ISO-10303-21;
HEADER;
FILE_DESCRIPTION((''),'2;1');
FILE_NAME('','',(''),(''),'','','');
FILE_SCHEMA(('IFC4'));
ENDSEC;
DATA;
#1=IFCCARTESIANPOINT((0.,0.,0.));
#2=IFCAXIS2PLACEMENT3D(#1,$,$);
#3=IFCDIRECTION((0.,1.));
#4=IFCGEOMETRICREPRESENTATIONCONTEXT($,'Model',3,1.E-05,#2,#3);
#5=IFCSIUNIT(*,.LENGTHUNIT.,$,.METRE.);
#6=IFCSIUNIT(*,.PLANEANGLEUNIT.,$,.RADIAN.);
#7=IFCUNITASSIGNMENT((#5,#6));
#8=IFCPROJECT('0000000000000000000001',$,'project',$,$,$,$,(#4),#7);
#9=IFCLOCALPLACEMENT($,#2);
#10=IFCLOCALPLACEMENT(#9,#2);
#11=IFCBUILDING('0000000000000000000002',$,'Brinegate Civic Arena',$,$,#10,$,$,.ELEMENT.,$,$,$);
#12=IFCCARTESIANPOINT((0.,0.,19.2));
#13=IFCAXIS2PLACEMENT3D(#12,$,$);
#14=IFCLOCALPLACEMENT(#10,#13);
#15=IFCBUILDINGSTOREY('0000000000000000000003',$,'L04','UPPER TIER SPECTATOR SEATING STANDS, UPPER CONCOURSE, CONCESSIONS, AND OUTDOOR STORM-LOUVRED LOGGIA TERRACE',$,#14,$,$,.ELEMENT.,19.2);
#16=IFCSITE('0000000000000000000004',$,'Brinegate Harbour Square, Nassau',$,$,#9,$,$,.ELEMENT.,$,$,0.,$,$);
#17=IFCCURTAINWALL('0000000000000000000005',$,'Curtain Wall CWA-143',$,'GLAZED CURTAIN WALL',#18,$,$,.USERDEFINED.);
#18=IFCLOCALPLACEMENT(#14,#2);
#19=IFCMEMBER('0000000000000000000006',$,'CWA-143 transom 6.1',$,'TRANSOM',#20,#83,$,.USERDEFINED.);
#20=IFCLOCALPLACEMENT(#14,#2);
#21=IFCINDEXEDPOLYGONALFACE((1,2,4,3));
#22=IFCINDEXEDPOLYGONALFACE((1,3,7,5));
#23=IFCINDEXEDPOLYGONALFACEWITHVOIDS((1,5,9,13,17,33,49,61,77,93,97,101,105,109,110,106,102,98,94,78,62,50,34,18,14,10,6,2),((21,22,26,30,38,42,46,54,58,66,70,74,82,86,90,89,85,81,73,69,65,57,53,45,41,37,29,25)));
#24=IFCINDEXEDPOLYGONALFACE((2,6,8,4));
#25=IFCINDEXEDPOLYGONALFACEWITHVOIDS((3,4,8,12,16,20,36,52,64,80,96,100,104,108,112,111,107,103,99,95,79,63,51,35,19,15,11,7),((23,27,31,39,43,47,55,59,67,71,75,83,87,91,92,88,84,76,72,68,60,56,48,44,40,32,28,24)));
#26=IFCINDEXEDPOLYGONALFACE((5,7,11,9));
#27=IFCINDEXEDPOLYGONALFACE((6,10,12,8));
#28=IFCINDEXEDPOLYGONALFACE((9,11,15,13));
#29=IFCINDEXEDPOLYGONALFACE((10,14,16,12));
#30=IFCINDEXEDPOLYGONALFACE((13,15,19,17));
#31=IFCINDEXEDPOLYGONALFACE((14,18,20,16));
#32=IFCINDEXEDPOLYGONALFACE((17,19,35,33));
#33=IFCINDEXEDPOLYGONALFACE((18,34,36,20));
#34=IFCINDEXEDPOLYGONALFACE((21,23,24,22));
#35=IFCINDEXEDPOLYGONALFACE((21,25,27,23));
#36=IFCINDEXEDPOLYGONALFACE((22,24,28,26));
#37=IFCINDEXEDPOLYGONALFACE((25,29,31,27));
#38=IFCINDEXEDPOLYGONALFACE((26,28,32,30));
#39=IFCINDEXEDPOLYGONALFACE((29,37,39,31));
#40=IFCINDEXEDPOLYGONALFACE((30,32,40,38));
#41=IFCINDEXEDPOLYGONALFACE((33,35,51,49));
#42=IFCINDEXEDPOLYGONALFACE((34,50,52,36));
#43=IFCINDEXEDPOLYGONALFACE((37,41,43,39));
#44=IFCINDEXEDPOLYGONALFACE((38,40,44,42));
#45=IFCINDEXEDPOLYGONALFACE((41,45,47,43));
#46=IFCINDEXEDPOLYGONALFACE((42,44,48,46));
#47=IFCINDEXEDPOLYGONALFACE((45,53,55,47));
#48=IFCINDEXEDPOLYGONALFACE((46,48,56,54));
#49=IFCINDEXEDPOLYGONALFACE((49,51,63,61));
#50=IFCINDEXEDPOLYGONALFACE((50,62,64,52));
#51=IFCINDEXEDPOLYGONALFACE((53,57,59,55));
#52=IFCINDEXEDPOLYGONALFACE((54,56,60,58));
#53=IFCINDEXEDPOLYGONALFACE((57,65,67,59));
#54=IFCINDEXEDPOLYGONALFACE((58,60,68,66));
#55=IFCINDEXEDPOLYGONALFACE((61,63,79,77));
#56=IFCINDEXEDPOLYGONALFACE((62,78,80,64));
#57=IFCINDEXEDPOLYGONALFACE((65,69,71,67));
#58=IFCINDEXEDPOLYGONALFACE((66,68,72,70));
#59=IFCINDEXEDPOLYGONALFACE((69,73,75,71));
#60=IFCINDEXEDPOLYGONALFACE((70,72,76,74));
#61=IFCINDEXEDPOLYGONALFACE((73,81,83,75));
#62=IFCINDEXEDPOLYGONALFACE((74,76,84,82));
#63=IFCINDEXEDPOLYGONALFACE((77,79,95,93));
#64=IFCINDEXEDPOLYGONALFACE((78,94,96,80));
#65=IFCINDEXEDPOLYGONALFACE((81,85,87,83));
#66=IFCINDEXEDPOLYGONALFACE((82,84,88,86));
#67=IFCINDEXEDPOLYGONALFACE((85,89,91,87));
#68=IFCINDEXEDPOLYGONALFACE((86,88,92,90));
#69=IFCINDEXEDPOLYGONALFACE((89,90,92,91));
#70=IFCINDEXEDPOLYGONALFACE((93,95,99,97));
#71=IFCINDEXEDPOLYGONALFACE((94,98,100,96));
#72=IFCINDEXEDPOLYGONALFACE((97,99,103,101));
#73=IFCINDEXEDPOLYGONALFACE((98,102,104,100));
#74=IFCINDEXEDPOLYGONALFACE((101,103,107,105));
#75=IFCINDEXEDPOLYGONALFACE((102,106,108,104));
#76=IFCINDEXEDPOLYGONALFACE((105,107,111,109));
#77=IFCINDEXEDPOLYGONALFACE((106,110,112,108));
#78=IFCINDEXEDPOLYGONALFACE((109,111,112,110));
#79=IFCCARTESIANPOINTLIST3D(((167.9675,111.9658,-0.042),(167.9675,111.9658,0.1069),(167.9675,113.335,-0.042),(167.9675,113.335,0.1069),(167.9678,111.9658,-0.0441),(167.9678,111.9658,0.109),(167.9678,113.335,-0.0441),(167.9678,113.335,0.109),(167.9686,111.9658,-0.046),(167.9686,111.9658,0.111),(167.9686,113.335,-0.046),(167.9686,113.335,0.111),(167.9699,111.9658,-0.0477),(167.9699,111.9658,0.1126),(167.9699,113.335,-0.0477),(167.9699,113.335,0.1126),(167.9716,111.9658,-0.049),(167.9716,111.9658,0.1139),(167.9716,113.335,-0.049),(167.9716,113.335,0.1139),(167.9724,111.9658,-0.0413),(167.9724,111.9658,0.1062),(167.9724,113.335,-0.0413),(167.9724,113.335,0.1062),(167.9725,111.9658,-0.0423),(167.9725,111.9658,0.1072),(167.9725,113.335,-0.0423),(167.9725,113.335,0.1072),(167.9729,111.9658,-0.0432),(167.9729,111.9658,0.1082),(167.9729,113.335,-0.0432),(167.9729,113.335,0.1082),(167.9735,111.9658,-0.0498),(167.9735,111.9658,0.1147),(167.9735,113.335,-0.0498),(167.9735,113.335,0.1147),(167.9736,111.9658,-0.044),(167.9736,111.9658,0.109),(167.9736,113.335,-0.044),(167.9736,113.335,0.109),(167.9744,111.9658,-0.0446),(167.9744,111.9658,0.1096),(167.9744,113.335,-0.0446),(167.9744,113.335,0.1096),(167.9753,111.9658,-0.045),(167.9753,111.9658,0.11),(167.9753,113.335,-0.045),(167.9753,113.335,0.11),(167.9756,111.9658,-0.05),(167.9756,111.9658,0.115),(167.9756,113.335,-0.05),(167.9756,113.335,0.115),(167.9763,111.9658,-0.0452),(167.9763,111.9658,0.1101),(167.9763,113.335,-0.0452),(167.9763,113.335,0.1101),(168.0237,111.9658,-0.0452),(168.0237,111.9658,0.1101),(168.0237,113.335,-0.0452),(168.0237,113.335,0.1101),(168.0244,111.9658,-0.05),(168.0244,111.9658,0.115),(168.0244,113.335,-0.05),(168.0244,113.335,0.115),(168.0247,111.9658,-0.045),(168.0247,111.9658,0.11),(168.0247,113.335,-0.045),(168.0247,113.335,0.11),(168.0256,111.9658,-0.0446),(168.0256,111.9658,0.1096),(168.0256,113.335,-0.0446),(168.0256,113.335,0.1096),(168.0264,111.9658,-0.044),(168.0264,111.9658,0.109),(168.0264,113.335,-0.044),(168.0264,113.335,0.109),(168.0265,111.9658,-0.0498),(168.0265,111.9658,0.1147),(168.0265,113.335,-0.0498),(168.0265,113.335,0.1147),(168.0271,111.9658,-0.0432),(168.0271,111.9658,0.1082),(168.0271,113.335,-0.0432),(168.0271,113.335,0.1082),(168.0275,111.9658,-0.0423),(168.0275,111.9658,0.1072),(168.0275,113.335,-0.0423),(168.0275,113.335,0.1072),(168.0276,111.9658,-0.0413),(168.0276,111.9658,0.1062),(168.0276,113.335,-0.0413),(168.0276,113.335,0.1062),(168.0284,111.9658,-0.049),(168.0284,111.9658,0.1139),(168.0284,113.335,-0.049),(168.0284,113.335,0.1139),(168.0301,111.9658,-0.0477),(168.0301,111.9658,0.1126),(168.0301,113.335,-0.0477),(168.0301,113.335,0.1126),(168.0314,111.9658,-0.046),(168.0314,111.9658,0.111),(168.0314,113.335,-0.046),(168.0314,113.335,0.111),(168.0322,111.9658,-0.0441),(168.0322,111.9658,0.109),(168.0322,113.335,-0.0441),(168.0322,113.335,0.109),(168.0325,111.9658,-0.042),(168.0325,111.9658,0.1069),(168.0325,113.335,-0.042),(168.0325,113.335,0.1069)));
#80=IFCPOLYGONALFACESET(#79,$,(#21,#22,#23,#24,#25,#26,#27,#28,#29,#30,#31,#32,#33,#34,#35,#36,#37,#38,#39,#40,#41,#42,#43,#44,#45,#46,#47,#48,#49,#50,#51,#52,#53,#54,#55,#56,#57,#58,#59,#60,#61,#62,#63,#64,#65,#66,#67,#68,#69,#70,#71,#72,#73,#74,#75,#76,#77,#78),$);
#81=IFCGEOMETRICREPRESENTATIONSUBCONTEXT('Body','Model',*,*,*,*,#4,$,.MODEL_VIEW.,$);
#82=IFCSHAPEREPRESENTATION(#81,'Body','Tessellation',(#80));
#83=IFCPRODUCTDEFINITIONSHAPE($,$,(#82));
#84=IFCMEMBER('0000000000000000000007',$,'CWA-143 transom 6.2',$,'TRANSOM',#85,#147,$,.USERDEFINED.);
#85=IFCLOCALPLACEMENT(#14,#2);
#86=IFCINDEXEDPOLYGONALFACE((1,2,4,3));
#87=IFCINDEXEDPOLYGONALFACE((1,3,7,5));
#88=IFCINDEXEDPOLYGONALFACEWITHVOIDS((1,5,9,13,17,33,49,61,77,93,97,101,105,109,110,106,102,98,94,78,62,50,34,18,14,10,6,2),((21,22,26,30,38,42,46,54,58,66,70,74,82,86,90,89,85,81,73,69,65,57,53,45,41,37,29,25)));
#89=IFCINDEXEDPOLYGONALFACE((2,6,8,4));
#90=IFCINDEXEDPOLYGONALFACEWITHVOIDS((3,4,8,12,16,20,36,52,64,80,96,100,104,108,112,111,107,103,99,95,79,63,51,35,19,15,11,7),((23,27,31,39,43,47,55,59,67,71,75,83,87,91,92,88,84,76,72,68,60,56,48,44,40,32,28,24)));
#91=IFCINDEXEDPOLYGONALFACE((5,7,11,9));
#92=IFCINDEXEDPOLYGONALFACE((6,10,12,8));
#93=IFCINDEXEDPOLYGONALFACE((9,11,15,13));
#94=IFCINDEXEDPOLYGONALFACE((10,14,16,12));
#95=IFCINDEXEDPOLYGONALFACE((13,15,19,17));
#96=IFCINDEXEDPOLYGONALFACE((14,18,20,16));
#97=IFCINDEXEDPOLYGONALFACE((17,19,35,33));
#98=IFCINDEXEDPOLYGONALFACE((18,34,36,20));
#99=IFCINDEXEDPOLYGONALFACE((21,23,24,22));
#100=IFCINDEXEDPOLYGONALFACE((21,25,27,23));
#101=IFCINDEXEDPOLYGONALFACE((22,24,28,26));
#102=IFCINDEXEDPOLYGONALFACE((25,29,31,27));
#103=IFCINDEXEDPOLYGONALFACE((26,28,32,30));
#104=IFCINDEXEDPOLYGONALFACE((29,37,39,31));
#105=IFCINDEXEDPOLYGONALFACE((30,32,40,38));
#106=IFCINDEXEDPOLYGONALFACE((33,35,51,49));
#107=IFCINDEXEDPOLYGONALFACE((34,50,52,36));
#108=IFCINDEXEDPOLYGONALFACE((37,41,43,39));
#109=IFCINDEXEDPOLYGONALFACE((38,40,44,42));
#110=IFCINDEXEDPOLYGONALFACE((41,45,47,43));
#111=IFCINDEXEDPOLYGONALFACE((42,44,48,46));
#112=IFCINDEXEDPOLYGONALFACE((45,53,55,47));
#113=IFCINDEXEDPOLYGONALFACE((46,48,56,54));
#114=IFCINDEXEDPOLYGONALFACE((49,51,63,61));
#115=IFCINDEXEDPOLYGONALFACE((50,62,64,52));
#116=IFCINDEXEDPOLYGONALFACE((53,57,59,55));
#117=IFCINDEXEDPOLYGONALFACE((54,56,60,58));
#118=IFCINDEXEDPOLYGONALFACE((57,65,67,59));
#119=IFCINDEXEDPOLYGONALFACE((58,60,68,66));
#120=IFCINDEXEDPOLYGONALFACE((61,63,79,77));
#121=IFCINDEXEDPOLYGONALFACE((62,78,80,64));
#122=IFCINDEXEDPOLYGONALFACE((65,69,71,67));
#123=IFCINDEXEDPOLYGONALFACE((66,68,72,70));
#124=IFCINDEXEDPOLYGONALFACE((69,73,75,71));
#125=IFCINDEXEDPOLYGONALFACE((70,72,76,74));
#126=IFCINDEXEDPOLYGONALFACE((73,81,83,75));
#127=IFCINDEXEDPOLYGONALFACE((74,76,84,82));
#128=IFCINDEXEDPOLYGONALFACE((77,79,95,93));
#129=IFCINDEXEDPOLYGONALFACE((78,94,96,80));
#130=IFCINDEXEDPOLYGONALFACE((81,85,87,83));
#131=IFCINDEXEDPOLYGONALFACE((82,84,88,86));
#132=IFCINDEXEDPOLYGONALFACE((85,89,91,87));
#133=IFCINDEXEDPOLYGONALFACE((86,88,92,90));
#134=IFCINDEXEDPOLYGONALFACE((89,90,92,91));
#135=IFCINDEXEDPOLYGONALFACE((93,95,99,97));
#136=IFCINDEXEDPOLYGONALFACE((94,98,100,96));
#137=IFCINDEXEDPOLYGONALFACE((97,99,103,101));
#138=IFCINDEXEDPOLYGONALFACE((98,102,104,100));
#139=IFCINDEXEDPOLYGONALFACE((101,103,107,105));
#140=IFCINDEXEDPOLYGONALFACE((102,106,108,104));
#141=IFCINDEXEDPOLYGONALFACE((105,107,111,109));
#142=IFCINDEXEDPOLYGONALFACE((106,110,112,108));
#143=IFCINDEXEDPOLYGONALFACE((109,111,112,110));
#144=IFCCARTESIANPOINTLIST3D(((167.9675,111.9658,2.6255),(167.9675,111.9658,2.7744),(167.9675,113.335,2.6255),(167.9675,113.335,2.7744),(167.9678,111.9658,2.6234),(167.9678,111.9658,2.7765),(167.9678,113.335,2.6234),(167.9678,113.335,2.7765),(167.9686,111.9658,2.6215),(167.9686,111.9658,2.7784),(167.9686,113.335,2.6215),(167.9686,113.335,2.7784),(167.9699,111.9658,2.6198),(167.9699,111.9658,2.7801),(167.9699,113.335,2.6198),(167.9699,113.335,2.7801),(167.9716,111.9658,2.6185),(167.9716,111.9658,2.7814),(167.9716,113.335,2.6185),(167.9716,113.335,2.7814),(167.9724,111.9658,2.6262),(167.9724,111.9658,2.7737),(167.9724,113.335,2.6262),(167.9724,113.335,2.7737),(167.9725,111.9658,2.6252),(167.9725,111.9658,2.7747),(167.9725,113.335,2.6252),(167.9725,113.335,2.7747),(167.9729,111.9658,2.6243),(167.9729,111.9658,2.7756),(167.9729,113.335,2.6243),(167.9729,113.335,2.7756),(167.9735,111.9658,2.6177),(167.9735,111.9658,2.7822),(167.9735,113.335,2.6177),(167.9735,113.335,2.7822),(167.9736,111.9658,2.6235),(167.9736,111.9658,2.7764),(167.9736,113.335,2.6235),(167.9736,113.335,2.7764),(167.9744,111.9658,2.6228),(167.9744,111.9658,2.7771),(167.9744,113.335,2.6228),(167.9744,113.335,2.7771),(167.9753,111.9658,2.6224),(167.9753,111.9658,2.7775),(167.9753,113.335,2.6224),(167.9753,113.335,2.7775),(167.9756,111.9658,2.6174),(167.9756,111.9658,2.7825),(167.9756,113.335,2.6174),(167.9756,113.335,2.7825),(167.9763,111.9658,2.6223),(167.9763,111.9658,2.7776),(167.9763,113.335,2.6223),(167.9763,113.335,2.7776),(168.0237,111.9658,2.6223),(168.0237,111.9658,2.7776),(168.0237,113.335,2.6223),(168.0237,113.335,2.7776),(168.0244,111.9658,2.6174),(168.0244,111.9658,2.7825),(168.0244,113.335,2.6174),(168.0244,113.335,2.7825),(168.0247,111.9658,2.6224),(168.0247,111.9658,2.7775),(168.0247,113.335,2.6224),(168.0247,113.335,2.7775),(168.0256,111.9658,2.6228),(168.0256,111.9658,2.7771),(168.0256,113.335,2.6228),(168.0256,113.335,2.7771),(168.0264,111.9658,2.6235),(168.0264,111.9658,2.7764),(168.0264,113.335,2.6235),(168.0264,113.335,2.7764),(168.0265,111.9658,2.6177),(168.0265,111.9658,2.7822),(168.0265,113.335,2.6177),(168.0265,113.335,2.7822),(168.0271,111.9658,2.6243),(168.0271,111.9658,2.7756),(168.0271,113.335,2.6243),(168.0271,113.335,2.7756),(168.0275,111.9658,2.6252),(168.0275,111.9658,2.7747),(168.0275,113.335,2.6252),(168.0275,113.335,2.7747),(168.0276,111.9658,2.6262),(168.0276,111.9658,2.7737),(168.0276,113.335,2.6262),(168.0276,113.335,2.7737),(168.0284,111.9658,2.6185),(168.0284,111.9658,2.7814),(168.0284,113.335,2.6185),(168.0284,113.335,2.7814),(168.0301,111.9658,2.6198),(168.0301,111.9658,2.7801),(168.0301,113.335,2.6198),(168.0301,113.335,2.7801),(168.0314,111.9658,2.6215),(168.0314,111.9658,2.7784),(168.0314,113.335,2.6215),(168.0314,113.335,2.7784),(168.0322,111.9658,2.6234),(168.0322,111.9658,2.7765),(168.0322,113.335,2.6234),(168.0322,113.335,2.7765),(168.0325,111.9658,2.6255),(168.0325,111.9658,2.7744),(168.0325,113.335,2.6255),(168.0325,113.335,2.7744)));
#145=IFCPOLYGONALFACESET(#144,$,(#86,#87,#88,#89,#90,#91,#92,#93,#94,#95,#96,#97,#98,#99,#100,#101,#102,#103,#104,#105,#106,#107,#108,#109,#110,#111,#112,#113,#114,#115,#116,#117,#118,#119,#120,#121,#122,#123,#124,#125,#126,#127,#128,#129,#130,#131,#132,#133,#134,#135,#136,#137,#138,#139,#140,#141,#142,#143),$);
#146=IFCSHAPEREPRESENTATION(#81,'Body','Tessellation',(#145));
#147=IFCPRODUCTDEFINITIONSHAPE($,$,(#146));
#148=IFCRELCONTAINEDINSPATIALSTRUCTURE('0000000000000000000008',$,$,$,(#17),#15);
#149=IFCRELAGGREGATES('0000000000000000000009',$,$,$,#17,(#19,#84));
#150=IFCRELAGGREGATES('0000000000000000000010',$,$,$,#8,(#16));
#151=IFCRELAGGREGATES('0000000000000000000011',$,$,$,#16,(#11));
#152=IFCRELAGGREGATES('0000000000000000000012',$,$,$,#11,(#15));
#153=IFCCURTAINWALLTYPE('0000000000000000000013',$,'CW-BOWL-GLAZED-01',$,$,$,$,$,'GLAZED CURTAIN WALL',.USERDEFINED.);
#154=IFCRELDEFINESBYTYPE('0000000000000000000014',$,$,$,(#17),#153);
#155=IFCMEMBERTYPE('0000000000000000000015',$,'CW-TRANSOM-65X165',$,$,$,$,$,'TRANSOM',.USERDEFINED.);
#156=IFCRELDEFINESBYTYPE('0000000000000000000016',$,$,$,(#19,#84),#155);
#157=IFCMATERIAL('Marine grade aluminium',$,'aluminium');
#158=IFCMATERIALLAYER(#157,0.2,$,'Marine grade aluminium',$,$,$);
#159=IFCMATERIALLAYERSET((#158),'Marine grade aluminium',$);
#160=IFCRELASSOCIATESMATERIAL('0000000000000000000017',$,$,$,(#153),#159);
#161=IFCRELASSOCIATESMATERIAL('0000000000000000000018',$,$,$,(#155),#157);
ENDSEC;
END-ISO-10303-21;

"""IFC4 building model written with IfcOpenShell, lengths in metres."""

from ifc_helpers import new_model, si_unit, direction, frame, origin, origin_2d, place, context, subcontext, project, spatial, hollow_rectangle, extrude, material, layer, layer_set, material_profile, profile_set, type_object, element, aggregate, save


model = new_model("IFC4")

# Units and contexts
model_context = context("Model", 3, precision=1e-05, world=origin(), true_north=direction((0.0, 1.0)))
body_context = subcontext(model_context, "Body", "Model", "MODEL_VIEW")
ifc_project = project(units=[si_unit("LENGTHUNIT", "METRE"), si_unit("PLANEANGLEUNIT", "RADIAN")], contexts=[model_context])

# Site, building, storey
site_placement = place(None, origin())
site = spatial("IfcSite", under=ifc_project, at=site_placement, Name="Brinegate Harbour Square, Nassau", CompositionType="ELEMENT", RefElevation=0.0)
building_placement = place(site_placement, origin())
building = spatial("IfcBuilding", under=site, at=building_placement, Name="Brinegate Civic Arena", CompositionType="ELEMENT")
storey_placement = place(building_placement, frame((0.0, 0.0, 19.2)))
storey = spatial("IfcBuildingStorey", under=building, at=storey_placement, Name="L04", Description="UPPER TIER SPECTATOR SEATING STANDS, UPPER CONCOURSE, CONCESSIONS, AND OUTDOOR STORM-LOUVRED LOGGIA TERRACE", CompositionType="ELEMENT", Elevation=19.2)

# Curtain wall, members
ifc_material_1 = material(Name="Marine grade aluminium", Category="aluminium")
ifc_layer_1 = layer(ifc_material_1, 0.2, Name="Marine grade aluminium")
ifc_layer_set_1 = layer_set([ifc_layer_1], Name="Marine grade aluminium")
curtain_wall_type = type_object("IfcCurtainWallType", Name="CW-BOWL-GLAZED-01", ElementType="GLAZED CURTAIN WALL", PredefinedType="USERDEFINED", material=ifc_layer_set_1)
curtain_wall_placement = place(storey_placement, origin())
curtain_wall = element("IfcCurtainWall", 1, at=curtain_wall_placement, inside=storey, type_object=curtain_wall_type, Name="Curtain Wall CWA-143", ObjectType="GLAZED CURTAIN WALL", PredefinedType="USERDEFINED")
ifc_material_profile_1 = material_profile(ifc_material_1, hollow_rectangle(XDim=0.0649, YDim=0.165, WallThickness=0.0049, InnerFilletRadius=0.0039, OuterFilletRadius=0.0081, at=origin_2d()), Name="TRN65X165")
ifc_profile_set_1 = profile_set([ifc_material_profile_1], Name="Marine grade aluminium")
member_type_1 = type_object("IfcMemberType", Name="CW-TRANSOM-65X165", ElementType="TRANSOM", PredefinedType="USERDEFINED", material=ifc_profile_set_1)
member_1_placement = place(storey_placement, frame((168.0, 111.9658, 0.0325), z_axis=(0.0, 1.0, 0.0), x_axis=(-1.0, 0.0, 0.0)))
member_1 = element("IfcMember", 2, at=member_1_placement, type_object=member_type_1, Name="CWA-143 transom 6.1", ObjectType="TRANSOM", PredefinedType="USERDEFINED", context=body_context, shape_type="SweptSolid", body=[
    extrude(hollow_rectangle(XDim=0.0649, YDim=0.165, WallThickness=0.0049, InnerFilletRadius=0.0039, OuterFilletRadius=0.0081, at=origin_2d()), origin(), (0.0, 0.0, 1.0), 1.3691),
])
member_2_placement = place(storey_placement, frame((168.0, 111.9658, 2.7), z_axis=(0.0, 1.0, 0.0), x_axis=(-1.0, 0.0, 0.0)))
member_2 = element("IfcMember", 3, at=member_2_placement, type_object=member_type_1, Name="CWA-143 transom 6.2", ObjectType="TRANSOM", PredefinedType="USERDEFINED", context=body_context, shape_type="SweptSolid", body=[
    extrude(hollow_rectangle(XDim=0.0649, YDim=0.165, WallThickness=0.0049, InnerFilletRadius=0.0039, OuterFilletRadius=0.0081, at=origin_2d()), origin(), (0.0, 0.0, 1.0), 1.3691),
])
aggregate(curtain_wall, [member_1, member_2])

save(model, "model.ifc")
